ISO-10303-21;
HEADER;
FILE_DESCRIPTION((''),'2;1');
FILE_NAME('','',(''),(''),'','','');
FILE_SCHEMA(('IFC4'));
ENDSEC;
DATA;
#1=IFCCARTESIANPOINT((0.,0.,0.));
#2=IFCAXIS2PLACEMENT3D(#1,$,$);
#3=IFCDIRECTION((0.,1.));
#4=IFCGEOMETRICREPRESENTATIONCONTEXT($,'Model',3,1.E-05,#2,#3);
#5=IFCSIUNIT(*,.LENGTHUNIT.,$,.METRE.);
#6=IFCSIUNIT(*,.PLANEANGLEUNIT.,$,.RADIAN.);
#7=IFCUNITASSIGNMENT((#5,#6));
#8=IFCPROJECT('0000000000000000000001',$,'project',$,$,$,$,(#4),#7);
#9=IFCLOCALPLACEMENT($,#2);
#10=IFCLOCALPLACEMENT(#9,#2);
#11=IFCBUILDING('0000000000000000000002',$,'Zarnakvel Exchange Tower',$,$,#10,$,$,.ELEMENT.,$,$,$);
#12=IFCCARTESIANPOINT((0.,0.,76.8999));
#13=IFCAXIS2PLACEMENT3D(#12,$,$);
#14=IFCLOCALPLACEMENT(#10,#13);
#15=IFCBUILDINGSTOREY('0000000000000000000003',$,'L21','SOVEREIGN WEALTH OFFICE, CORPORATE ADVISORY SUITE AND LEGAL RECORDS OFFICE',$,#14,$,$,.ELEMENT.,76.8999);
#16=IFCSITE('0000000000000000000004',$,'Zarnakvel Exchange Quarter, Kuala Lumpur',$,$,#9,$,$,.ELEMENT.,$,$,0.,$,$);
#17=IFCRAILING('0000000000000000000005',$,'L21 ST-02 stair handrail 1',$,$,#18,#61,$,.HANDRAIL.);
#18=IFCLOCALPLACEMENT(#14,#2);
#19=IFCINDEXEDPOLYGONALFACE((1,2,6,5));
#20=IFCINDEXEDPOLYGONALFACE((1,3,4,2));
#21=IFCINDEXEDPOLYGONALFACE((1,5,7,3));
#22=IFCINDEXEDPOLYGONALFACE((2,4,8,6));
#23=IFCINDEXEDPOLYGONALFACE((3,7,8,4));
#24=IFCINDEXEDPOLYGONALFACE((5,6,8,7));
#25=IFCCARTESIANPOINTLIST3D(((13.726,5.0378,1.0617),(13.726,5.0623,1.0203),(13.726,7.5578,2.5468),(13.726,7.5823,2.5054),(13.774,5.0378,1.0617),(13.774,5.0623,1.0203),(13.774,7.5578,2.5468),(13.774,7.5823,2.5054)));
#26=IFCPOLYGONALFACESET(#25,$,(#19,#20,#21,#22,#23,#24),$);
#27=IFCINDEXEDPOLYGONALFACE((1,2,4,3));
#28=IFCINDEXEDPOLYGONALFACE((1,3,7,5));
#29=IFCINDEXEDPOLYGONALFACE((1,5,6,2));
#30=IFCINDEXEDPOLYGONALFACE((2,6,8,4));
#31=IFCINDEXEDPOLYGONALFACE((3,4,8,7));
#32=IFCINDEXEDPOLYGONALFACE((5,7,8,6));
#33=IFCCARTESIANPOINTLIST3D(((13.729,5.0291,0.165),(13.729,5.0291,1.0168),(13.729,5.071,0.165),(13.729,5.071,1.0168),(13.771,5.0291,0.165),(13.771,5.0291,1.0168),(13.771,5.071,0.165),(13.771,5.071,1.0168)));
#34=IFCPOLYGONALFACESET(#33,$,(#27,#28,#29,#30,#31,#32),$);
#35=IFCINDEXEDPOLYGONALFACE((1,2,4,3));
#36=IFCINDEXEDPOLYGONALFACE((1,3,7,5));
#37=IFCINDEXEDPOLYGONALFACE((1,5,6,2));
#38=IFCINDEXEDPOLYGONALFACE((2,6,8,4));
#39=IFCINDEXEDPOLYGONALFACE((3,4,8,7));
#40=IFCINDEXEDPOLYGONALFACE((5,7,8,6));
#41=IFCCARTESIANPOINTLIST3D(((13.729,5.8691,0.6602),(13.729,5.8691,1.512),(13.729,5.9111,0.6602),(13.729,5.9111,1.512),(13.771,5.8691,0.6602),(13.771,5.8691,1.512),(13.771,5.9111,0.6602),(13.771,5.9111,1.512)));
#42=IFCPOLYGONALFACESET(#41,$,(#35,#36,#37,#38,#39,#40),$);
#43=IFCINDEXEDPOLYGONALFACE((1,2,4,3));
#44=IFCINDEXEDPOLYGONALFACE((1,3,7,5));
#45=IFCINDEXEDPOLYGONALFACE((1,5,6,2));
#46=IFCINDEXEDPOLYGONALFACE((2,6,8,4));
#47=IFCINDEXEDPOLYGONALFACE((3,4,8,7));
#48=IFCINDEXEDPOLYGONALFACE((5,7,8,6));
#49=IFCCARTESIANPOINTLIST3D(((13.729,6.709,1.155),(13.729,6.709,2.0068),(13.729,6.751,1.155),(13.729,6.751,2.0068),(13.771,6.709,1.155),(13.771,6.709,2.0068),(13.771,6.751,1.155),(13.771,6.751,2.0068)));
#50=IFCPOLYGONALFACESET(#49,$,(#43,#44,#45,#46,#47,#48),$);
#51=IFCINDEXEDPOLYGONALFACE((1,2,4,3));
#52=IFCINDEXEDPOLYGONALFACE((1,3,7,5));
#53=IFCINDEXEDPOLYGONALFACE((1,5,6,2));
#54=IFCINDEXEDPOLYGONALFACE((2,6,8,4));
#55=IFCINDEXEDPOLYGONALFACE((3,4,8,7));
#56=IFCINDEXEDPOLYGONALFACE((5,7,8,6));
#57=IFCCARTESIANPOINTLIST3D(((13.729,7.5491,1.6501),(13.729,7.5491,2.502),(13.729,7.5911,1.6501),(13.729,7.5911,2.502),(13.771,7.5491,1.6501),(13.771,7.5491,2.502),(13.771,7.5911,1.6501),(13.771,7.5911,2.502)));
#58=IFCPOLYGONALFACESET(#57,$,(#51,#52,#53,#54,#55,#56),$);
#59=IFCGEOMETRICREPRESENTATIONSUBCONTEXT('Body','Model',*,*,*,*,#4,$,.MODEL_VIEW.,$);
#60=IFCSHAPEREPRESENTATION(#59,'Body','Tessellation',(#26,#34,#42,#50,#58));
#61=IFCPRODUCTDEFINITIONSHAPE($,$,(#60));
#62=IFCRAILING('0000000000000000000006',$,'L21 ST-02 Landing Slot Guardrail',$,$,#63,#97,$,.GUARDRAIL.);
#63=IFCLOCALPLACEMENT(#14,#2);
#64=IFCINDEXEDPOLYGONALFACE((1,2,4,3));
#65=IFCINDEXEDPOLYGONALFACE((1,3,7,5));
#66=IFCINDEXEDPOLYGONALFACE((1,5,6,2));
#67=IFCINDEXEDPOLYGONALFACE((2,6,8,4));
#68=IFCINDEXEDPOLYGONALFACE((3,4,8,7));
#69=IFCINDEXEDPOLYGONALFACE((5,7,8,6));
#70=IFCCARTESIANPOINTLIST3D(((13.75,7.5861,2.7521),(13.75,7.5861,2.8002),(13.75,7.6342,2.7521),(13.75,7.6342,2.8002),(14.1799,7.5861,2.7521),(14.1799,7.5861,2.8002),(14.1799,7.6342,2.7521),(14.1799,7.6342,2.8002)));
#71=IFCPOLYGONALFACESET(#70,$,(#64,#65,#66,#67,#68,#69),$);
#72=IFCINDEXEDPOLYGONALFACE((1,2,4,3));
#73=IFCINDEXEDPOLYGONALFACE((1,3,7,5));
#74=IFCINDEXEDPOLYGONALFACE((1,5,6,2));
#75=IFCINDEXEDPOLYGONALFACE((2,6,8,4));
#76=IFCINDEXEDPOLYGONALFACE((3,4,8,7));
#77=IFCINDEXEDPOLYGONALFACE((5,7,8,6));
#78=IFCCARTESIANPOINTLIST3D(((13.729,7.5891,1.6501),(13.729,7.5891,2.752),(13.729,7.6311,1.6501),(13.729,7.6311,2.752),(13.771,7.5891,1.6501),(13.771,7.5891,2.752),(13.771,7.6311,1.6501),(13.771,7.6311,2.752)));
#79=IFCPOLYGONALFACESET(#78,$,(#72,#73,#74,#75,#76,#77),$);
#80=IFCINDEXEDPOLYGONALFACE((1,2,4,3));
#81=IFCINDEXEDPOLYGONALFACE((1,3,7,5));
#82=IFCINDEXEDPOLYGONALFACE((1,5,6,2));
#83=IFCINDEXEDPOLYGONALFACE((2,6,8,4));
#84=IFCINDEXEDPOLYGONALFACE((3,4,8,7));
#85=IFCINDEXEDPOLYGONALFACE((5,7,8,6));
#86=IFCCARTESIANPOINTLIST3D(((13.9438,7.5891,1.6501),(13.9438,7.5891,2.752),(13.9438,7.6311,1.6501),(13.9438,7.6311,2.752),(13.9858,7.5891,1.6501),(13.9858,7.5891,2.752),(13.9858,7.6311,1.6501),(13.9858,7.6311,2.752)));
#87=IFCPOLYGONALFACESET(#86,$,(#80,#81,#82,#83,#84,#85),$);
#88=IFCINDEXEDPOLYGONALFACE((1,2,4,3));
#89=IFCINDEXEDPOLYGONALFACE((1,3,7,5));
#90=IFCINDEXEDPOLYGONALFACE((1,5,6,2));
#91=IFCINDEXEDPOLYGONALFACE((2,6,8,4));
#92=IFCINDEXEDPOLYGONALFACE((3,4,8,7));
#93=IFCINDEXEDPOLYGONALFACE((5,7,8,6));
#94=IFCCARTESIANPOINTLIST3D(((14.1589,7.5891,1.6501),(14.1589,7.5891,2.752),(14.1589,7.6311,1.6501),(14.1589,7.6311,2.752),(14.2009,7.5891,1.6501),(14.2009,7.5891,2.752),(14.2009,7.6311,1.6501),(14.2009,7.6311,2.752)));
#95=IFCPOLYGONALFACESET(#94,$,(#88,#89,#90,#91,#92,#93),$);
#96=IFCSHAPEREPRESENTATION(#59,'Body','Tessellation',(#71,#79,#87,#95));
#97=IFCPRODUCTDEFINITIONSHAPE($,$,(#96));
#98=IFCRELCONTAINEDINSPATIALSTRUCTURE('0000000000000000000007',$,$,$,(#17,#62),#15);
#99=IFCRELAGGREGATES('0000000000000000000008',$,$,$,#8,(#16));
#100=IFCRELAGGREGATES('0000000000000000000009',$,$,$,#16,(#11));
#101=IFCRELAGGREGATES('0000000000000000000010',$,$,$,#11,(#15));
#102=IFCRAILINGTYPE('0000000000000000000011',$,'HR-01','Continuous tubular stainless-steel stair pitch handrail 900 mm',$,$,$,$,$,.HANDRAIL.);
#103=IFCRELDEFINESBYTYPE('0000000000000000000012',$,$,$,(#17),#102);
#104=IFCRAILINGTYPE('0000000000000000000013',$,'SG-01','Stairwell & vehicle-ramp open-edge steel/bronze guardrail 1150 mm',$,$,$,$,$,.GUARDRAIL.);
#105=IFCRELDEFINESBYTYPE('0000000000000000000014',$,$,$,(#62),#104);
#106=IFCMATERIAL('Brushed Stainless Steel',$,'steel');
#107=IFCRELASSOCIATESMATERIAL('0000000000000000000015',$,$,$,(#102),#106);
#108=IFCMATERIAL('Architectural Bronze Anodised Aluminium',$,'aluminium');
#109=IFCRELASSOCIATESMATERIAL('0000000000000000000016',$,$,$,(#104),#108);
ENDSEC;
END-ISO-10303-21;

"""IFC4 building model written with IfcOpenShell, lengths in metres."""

from ifc_helpers import new_model, si_unit, direction, frame, origin, origin_2d, place, context, subcontext, project, spatial, rectangle, extrude, material, type_object, element, save


model = new_model("IFC4")

# Units and contexts
model_context = context("Model", 3, precision=1e-05, world=origin(), true_north=direction((0.0, 1.0)))
body_context = subcontext(model_context, "Body", "Model", "MODEL_VIEW")
ifc_project = project(units=[si_unit("LENGTHUNIT", "METRE"), si_unit("PLANEANGLEUNIT", "RADIAN")], contexts=[model_context])

# Site, building, storey
site_placement = place(None, origin())
site = spatial("IfcSite", under=ifc_project, at=site_placement, Name="Zarnakvel Exchange Quarter, Kuala Lumpur", CompositionType="ELEMENT", RefElevation=0.0)
building_placement = place(site_placement, origin())
building = spatial("IfcBuilding", under=site, at=building_placement, Name="Zarnakvel Exchange Tower", CompositionType="ELEMENT")
storey_placement = place(building_placement, frame((0.0, 0.0, 76.8999)))
storey = spatial("IfcBuildingStorey", under=building, at=storey_placement, Name="L21", Description="SOVEREIGN WEALTH OFFICE, CORPORATE ADVISORY SUITE AND LEGAL RECORDS OFFICE", CompositionType="ELEMENT", Elevation=76.8999)

# Shared definitions
ifc_material_1 = material(Name="Architectural Bronze Anodised Aluminium", Category="aluminium")

# Railings
ifc_material_2 = material(Name="Brushed Stainless Steel", Category="steel")
railing_type_1 = type_object("IfcRailingType", Name="HR-01", Description="Continuous tubular stainless-steel stair pitch handrail 900 mm", PredefinedType="HANDRAIL", material=ifc_material_2)
railing_1_placement = place(storey_placement, frame((13.75, 5.05, 0.165)))
element("IfcRailing", 1, at=railing_1_placement, inside=storey, type_object=railing_type_1, Name="L21 ST-02 stair handrail 1", PredefinedType="HANDRAIL", context=body_context, shape_type="SweptSolid", body=[
    extrude(rectangle(XDim=0.0481, YDim=0.0481, at=origin_2d()), frame((0.0, 0.0, 0.876), z_axis=(0.0, 0.861524, 0.507717), x_axis=(-1.0, 0.0, 0.0)), (0.0, 0.0, 1.0), 2.925),
    extrude(rectangle(XDim=0.042, YDim=0.042, at=origin_2d()), origin(), (0.0, 0.0, 1.0), 0.8518),
    extrude(rectangle(XDim=0.042, YDim=0.042, at=origin_2d()), frame((0.0, 0.8401, 0.4951)), (0.0, 0.0, 1.0), 0.8518),
    extrude(rectangle(XDim=0.042, YDim=0.042, at=origin_2d()), frame((0.0, 1.6799, 0.99)), (0.0, 0.0, 1.0), 0.8518),
    extrude(rectangle(XDim=0.042, YDim=0.042, at=origin_2d()), frame((0.0, 2.52, 1.4851)), (0.0, 0.0, 1.0), 0.8518),
])
railing_type_2 = type_object("IfcRailingType", Name="SG-01", Description="Stairwell & vehicle-ramp open-edge steel/bronze guardrail 1150 mm", PredefinedType="GUARDRAIL", material=ifc_material_1)
railing_2_placement = place(storey_placement, frame((13.75, 7.6101, 1.6501)))
element("IfcRailing", 2, at=railing_2_placement, inside=storey, type_object=railing_type_2, Name="L21 ST-02 Landing Slot Guardrail", PredefinedType="GUARDRAIL", context=body_context, shape_type="SweptSolid", body=[
    extrude(rectangle(XDim=0.0481, YDim=0.0481, at=origin_2d()), frame((0.0, 0.0, 1.126), z_axis=(1.0, 0.0, 0.0), x_axis=(0.0, 1.0, 0.0)), (0.0, 0.0, 1.0), 0.4299),
    extrude(rectangle(XDim=0.042, YDim=0.042, at=origin_2d()), origin(), (0.0, 0.0, 1.0), 1.1018),
    extrude(rectangle(XDim=0.042, YDim=0.042, at=origin_2d()), frame((0.2148, 0.0, 0.0)), (0.0, 0.0, 1.0), 1.1018),
    extrude(rectangle(XDim=0.042, YDim=0.042, at=origin_2d()), frame((0.4299, 0.0, 0.0)), (0.0, 0.0, 1.0), 1.1018),
])

save(model, "model.ifc")
